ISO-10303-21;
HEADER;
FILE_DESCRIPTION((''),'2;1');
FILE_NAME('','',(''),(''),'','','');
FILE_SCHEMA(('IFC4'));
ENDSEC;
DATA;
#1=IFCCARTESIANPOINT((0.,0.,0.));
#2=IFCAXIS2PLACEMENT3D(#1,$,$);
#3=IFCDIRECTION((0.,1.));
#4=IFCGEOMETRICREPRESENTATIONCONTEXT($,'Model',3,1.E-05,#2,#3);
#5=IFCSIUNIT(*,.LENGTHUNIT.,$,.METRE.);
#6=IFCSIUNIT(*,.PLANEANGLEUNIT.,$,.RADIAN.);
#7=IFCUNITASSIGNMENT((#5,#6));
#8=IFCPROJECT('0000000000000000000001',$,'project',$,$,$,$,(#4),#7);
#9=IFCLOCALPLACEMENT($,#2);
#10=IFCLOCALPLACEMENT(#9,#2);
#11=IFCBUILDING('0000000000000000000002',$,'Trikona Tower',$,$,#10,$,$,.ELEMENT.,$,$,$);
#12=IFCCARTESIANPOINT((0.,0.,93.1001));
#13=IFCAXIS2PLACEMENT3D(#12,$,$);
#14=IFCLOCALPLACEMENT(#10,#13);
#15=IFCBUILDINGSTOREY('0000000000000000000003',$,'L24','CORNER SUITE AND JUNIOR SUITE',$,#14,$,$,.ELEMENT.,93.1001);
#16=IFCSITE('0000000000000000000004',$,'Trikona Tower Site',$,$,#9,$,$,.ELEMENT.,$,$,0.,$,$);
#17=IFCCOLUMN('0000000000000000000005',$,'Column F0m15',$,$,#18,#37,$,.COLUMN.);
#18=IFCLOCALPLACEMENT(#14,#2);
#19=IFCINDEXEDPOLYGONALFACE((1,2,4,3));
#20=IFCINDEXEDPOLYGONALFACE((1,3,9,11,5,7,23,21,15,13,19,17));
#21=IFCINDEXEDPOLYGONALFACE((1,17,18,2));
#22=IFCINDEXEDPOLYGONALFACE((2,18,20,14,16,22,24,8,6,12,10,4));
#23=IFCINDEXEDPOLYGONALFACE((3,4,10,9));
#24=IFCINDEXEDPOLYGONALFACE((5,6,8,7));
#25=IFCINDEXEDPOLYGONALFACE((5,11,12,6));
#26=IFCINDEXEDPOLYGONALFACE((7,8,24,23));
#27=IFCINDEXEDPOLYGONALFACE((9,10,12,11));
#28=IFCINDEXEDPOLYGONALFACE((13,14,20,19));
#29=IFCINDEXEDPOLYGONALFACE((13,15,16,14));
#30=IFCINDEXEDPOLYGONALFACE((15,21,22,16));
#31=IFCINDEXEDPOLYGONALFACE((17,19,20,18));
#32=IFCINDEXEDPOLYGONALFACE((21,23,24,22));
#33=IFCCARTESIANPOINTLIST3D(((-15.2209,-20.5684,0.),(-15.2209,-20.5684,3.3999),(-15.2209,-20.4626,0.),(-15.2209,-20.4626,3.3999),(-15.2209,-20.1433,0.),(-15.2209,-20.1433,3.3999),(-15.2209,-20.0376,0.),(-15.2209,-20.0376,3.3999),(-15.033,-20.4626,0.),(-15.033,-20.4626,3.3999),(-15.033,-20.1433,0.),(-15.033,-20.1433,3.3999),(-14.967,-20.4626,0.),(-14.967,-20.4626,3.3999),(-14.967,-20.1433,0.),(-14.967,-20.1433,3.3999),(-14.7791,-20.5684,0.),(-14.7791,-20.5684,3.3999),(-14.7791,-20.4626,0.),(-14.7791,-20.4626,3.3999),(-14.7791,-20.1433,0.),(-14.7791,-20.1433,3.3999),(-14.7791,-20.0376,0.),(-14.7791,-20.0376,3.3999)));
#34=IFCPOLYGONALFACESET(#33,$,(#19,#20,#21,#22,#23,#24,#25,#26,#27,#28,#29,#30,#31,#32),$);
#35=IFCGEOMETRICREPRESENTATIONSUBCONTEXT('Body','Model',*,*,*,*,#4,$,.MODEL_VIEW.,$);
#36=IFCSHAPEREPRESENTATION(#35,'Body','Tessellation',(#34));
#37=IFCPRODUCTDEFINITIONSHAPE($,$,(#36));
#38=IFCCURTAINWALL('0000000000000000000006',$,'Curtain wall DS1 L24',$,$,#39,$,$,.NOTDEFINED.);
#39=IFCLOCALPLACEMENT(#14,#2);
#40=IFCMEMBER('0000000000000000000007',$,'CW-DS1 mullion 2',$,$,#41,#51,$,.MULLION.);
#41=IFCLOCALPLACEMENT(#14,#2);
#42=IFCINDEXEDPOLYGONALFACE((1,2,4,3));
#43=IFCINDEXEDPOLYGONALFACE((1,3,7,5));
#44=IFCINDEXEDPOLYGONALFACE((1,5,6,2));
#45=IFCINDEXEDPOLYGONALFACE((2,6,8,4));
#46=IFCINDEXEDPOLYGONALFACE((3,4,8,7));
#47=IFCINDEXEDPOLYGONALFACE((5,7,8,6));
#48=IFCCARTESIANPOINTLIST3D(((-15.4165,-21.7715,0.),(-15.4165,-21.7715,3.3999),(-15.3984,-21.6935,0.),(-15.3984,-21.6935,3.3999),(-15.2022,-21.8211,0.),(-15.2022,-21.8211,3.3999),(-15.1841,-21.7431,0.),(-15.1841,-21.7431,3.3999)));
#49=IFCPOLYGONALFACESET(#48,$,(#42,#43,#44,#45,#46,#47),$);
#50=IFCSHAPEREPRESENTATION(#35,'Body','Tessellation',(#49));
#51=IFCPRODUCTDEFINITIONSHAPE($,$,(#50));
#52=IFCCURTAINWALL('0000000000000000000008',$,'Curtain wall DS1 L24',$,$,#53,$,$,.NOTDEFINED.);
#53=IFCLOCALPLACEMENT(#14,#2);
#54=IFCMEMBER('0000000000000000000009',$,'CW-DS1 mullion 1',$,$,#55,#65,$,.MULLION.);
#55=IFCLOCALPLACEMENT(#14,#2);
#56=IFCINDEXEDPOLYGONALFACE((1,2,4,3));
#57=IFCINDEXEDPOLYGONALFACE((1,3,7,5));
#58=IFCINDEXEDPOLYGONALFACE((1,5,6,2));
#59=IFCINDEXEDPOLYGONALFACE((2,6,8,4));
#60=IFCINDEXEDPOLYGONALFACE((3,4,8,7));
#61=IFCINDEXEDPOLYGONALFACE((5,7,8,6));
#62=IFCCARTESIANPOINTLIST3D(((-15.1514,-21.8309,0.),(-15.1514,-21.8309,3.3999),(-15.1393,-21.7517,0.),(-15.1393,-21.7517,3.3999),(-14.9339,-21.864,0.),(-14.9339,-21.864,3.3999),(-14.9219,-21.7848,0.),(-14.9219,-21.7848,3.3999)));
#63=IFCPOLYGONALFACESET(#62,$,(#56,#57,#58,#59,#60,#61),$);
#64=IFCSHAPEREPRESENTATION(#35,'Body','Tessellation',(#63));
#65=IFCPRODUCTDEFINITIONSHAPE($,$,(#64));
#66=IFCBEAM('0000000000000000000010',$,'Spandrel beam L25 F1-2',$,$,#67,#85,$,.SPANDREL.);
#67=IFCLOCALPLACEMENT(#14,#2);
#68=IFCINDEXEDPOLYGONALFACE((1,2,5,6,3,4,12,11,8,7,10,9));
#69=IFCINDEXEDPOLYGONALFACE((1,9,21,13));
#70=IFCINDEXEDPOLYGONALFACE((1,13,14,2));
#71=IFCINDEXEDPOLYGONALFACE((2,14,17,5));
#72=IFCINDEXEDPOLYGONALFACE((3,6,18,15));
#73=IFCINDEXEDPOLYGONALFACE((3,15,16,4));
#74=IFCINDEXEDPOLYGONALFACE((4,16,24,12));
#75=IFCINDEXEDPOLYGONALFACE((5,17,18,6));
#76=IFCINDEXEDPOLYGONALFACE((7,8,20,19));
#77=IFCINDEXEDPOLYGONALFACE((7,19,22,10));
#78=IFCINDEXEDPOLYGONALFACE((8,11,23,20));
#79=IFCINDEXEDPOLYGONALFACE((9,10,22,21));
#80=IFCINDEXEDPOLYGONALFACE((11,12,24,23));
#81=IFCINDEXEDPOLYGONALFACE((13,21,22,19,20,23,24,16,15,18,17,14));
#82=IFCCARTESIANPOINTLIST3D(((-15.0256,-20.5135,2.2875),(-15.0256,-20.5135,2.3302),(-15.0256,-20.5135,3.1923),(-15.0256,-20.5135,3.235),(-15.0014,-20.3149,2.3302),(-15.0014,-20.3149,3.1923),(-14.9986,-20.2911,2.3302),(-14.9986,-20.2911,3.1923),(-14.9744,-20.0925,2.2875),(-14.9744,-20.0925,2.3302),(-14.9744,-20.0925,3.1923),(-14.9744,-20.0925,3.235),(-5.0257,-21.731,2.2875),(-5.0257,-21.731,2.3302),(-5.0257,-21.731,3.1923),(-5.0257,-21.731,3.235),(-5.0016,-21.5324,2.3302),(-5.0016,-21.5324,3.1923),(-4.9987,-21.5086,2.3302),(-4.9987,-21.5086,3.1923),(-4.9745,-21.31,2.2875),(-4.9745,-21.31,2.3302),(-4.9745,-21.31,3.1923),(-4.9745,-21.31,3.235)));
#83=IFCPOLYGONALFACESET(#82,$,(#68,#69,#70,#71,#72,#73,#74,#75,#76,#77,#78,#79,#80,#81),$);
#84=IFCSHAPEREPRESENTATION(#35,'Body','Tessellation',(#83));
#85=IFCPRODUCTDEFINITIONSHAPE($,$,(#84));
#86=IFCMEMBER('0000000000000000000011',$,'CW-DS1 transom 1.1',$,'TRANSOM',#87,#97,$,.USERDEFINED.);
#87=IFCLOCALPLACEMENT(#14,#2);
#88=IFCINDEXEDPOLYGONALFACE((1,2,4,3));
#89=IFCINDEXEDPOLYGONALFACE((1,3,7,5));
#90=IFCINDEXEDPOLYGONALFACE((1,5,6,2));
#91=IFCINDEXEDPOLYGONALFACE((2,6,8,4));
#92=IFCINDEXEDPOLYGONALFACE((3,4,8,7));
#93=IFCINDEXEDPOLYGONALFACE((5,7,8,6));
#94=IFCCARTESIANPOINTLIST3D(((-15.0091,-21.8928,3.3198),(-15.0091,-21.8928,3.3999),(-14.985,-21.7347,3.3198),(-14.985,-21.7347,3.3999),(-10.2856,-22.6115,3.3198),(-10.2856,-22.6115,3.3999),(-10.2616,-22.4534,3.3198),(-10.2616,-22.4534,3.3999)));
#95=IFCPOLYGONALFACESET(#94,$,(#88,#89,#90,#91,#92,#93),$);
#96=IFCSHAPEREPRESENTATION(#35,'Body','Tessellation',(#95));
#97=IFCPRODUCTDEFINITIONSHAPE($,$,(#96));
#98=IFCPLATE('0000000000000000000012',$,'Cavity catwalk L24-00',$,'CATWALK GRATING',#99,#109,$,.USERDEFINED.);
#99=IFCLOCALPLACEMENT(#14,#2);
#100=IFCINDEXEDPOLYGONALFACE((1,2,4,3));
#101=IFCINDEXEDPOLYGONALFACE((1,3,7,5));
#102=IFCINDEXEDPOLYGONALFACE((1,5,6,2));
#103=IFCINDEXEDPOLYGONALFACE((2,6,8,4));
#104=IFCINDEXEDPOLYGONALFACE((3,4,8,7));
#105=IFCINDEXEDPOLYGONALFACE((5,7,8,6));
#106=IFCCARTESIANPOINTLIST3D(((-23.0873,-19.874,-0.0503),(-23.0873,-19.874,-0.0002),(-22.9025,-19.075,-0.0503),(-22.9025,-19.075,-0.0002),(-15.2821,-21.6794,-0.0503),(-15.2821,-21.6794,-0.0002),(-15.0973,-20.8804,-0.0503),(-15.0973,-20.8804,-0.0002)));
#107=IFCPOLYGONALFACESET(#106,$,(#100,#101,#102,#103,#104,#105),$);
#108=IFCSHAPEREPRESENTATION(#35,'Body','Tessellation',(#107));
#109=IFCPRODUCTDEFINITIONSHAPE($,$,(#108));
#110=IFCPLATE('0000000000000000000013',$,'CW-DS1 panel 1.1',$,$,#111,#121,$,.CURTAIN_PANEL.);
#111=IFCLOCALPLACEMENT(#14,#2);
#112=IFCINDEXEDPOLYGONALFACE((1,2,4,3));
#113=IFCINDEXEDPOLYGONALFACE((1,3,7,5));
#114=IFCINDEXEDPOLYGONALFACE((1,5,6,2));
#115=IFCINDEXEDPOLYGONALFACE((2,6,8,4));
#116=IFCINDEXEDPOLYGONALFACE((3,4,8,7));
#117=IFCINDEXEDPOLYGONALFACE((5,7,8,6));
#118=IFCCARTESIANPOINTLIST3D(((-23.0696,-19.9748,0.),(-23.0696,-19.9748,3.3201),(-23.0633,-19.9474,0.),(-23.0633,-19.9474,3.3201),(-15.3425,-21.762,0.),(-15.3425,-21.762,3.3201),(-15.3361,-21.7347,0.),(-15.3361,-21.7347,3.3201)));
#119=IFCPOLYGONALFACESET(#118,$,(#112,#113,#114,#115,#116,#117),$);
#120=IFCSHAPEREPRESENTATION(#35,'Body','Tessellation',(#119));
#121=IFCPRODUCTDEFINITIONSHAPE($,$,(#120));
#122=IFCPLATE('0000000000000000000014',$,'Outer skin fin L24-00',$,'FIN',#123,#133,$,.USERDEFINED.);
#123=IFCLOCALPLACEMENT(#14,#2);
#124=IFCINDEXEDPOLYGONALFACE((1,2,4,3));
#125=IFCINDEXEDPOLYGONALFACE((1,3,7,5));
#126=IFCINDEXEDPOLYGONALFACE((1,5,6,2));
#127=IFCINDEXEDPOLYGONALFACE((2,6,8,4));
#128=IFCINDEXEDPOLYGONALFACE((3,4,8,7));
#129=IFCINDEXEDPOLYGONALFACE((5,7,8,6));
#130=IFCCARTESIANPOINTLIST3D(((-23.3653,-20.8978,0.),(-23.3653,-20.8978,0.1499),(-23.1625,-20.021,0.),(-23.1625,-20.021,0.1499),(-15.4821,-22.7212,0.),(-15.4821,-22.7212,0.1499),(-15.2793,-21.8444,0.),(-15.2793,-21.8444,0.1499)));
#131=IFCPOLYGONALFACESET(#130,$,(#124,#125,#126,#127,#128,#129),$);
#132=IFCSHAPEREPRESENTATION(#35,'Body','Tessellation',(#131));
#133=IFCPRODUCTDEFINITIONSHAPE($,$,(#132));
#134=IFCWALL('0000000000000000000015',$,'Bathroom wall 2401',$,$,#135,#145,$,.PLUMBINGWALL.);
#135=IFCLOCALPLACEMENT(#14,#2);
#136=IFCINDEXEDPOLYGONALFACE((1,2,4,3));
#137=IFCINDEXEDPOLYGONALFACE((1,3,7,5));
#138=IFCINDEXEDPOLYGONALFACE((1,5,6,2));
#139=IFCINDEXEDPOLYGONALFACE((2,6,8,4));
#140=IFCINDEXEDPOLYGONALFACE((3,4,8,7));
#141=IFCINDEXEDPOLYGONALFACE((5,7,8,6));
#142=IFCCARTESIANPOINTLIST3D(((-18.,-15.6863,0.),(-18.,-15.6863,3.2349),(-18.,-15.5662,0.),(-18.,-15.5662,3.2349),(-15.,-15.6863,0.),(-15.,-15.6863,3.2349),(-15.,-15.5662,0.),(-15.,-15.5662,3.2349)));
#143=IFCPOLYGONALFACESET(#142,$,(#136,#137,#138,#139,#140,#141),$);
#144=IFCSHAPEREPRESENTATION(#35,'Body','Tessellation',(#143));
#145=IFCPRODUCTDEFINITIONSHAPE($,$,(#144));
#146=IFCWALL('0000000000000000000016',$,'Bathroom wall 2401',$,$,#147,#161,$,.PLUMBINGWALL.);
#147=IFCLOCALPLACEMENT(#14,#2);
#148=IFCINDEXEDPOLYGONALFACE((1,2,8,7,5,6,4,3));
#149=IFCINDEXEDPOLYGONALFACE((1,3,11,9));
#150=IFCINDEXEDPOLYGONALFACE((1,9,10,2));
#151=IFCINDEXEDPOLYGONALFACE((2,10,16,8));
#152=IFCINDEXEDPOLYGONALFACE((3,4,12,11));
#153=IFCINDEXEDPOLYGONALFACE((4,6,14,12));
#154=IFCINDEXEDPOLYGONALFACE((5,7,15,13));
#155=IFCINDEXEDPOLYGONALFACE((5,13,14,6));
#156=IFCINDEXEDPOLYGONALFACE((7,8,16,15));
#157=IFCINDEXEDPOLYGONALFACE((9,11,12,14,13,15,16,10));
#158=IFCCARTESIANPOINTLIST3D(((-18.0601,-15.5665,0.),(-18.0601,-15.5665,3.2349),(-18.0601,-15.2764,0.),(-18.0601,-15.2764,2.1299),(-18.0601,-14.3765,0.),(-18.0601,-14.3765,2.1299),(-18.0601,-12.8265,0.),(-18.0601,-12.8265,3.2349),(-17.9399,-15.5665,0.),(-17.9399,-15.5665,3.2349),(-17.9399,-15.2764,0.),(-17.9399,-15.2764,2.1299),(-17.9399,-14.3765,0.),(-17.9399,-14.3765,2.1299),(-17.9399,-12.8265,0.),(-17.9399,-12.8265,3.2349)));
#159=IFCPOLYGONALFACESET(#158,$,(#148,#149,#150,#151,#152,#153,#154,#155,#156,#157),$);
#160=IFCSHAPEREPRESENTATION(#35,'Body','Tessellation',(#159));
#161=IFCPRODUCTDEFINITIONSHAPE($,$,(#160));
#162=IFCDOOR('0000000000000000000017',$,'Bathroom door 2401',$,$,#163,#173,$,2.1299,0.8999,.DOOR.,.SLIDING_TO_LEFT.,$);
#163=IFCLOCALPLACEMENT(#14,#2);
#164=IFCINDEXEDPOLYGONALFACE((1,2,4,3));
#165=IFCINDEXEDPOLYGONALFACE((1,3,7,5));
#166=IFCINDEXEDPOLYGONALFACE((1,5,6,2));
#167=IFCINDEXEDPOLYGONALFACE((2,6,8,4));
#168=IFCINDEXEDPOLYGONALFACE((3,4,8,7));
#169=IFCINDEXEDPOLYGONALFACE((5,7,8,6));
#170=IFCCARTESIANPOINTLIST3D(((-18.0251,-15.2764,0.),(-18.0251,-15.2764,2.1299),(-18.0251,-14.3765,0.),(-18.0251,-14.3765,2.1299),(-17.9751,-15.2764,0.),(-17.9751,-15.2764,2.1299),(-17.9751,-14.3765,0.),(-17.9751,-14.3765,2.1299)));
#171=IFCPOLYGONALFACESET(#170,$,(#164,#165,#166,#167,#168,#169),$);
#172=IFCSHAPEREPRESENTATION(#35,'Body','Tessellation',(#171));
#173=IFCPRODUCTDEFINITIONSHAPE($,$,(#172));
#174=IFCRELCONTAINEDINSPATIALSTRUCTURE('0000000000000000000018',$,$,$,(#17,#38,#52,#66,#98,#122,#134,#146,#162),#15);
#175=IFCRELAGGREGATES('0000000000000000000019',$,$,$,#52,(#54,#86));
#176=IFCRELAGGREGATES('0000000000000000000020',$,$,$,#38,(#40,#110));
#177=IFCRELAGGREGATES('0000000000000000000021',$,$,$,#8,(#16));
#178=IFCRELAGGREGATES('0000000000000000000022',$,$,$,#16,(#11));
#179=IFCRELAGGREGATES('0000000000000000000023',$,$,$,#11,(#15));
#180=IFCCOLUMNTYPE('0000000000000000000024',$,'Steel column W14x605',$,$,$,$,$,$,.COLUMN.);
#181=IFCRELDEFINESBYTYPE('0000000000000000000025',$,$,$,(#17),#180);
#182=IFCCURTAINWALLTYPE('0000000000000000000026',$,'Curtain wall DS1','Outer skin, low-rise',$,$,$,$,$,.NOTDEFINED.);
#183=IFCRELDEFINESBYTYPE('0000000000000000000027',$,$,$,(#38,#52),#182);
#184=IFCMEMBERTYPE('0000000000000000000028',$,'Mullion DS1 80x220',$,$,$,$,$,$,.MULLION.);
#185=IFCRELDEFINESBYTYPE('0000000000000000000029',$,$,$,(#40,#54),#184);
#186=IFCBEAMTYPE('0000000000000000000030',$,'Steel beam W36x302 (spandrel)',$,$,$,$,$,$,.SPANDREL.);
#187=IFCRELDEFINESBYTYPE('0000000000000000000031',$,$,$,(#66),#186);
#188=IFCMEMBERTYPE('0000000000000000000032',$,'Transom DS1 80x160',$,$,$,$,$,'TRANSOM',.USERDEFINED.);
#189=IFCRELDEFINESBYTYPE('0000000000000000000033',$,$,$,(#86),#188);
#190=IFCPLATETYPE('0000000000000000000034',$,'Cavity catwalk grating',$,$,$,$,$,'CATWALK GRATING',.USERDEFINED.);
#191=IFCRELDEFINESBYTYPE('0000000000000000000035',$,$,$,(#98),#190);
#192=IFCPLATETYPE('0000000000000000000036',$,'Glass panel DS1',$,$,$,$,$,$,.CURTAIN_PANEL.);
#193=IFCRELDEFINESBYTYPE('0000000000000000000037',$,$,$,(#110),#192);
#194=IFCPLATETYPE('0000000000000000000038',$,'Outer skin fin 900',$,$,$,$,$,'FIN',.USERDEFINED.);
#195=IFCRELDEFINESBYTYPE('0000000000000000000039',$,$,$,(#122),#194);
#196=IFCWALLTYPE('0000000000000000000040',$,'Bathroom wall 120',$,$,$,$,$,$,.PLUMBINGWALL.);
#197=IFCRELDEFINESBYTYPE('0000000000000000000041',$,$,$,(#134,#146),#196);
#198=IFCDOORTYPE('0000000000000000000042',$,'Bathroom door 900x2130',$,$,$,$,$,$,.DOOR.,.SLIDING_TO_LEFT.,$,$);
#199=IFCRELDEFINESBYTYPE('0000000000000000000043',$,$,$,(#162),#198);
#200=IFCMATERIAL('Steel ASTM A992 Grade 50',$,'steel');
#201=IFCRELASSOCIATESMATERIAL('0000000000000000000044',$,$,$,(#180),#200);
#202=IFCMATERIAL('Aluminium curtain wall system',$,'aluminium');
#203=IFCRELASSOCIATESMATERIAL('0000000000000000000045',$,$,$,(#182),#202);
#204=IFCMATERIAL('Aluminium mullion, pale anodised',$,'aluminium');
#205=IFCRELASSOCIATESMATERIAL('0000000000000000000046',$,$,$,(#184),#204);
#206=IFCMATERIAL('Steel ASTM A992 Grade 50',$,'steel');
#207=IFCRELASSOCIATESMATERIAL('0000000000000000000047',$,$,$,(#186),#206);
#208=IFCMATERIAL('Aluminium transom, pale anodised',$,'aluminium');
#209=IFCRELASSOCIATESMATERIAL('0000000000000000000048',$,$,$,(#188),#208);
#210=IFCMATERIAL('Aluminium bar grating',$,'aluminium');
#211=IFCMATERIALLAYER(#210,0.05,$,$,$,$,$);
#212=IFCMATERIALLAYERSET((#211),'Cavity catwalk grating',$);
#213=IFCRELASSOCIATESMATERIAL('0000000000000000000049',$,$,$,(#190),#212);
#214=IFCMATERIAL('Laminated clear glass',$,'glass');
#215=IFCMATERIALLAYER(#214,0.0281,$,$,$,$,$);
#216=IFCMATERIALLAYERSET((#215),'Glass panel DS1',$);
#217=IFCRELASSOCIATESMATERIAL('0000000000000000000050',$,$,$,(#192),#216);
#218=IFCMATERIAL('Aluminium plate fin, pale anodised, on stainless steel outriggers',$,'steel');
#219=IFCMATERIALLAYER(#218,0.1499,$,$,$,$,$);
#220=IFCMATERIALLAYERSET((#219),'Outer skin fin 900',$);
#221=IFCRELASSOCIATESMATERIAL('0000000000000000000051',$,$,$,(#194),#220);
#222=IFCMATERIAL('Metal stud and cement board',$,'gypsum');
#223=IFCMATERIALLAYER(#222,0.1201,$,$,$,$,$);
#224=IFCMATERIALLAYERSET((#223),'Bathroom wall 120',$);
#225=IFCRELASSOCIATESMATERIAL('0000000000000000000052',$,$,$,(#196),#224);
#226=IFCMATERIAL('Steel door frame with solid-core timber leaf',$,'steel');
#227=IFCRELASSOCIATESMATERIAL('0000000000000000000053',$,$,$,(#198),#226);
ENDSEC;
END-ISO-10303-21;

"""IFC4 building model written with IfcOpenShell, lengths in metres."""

from ifc_helpers import new_model, si_unit, direction, frame, frame_2d, origin, origin_2d, place, context, subcontext, project, spatial, rectangle, i_section, extrude, material, layer, layer_set, material_profile, profile_set, type_object, element, fill, aggregate, save


model = new_model("IFC4")

# Units and contexts
model_context = context("Model", 3, precision=1e-05, world=origin(), true_north=direction((0.0, 1.0)))
body_context = subcontext(model_context, "Body", "Model", "MODEL_VIEW")
ifc_project = project(units=[si_unit("LENGTHUNIT", "METRE"), si_unit("PLANEANGLEUNIT", "RADIAN")], contexts=[model_context])

# Site, building, storey
site_placement = place(None, origin())
site = spatial("IfcSite", under=ifc_project, at=site_placement, Name="Trikona Tower Site", CompositionType="ELEMENT", RefElevation=0.0)
building_placement = place(site_placement, origin())
building = spatial("IfcBuilding", under=site, at=building_placement, Name="Trikona Tower", CompositionType="ELEMENT")
storey_placement = place(building_placement, frame((0.0, 0.0, 93.1001)))
storey = spatial("IfcBuildingStorey", under=building, at=storey_placement, Name="L24", Description="CORNER SUITE AND JUNIOR SUITE", CompositionType="ELEMENT", Elevation=93.1001)

# Column
ifc_material_1 = material(Name="Steel ASTM A992 Grade 50", Category="steel")
ifc_material_profile_1 = material_profile(ifc_material_1, i_section(OverallWidth=0.4419, OverallDepth=0.5308, WebThickness=0.0659, FlangeThickness=0.1057, at=origin_2d()), Name="W14X605")
ifc_profile_set_1 = profile_set([ifc_material_profile_1], Name="Steel ASTM A992 Grade 50")
column_type = type_object("IfcColumnType", Name="Steel column W14x605", PredefinedType="COLUMN", material=ifc_profile_set_1)
column_placement = place(storey_placement, frame((-15.0, -20.303, 0.0), z_axis=(0.0, 0.0, 1.0), x_axis=(1.0, 0.0, 0.0)))
element("IfcColumn", 1, at=column_placement, inside=storey, type_object=column_type, Name="Column F0m15", PredefinedType="COLUMN", context=body_context, shape_type="SweptSolid", body=[
    extrude(i_section(OverallWidth=0.4419, OverallDepth=0.5308, WebThickness=0.0659, FlangeThickness=0.1057, at=origin_2d()), origin(), (0.0, 0.0, 1.0), 3.3999),
])

# Curtain walls, members
ifc_material_2 = material(Name="Aluminium curtain wall system", Category="aluminium")
curtain_wall_type = type_object("IfcCurtainWallType", Name="Curtain wall DS1", Description="Outer skin, low-rise", PredefinedType="NOTDEFINED", material=ifc_material_2)
curtain_wall_1_placement = place(storey_placement, origin())
curtain_wall_1 = element("IfcCurtainWall", 2, at=curtain_wall_1_placement, inside=storey, type_object=curtain_wall_type, Name="Curtain wall DS1 L24", PredefinedType="NOTDEFINED")
ifc_material_3 = material(Name="Aluminium mullion, pale anodised", Category="aluminium")
ifc_material_profile_2 = material_profile(ifc_material_3, rectangle(XDim=0.0801, YDim=0.22, at=origin_2d()), Name="MUL-DS1")
ifc_profile_set_2 = profile_set([ifc_material_profile_2], Name="Aluminium mullion, pale anodised")
member_type_1 = type_object("IfcMemberType", Name="Mullion DS1 80x220", PredefinedType="MULLION", material=ifc_profile_set_2)
member_1_placement = place(storey_placement, frame((-15.3003, -21.7573, 0.0), z_axis=(0.0, 0.0, 1.0), x_axis=(0.225343, 0.974279, 0.0)))
member_1 = element("IfcMember", 3, at=member_1_placement, type_object=member_type_1, Name="CW-DS1 mullion 2", PredefinedType="MULLION", context=body_context, shape_type="SweptSolid", body=[
    extrude(rectangle(XDim=0.0801, YDim=0.22, at=origin_2d()), origin(), (0.0, 0.0, 1.0), 3.3999),
])
curtain_wall_2_placement = place(storey_placement, origin())
curtain_wall_2 = element("IfcCurtainWall", 4, at=curtain_wall_2_placement, inside=storey, type_object=curtain_wall_type, Name="Curtain wall DS1 L24", PredefinedType="NOTDEFINED")
member_2_placement = place(storey_placement, frame((-15.0366, -21.8079, 0.0), z_axis=(0.0, 0.0, 1.0), x_axis=(0.150438, 0.988619, 0.0)))
member_2 = element("IfcMember", 5, at=member_2_placement, type_object=member_type_1, Name="CW-DS1 mullion 1", PredefinedType="MULLION", context=body_context, shape_type="SweptSolid", body=[
    extrude(rectangle(XDim=0.0801, YDim=0.22, at=origin_2d()), origin(), (0.0, 0.0, 1.0), 3.3999),
])

# Beam
ifc_material_4 = material(Name="Steel ASTM A992 Grade 50", Category="steel")
ifc_material_profile_3 = material_profile(ifc_material_4, i_section(OverallWidth=0.4241, OverallDepth=0.9475, WebThickness=0.0239, FlangeThickness=0.0427, at=origin_2d()), Name="W36X302")
ifc_profile_set_3 = profile_set([ifc_material_profile_3], Name="Steel ASTM A992 Grade 50")
beam_type = type_object("IfcBeamType", Name="Steel beam W36x302 (spandrel)", PredefinedType="SPANDREL", material=ifc_profile_set_3)
beam_placement = place(storey_placement, frame((-15.0, -20.303, 2.7612), z_axis=(0.99267, -0.12086, 0.0), x_axis=(0.12086, 0.99267, 0.0)))
element("IfcBeam", 6, at=beam_placement, inside=storey, type_object=beam_type, Name="Spandrel beam L25 F1-2", PredefinedType="SPANDREL", context=body_context, shape_type="SweptSolid", body=[
    extrude(i_section(OverallWidth=0.4241, OverallDepth=0.9475, WebThickness=0.0239, FlangeThickness=0.0427, at=origin_2d()), origin(), (0.0, 0.0, 1.0), 10.0737),
])

# Member
ifc_material_5 = material(Name="Aluminium transom, pale anodised", Category="aluminium")
ifc_material_profile_4 = material_profile(ifc_material_5, rectangle(XDim=0.1599, YDim=0.0801, at=origin_2d()), Name="TRN-DS1")
ifc_profile_set_4 = profile_set([ifc_material_profile_4], Name="Aluminium transom, pale anodised")
member_type_2 = type_object("IfcMemberType", Name="Transom DS1 80x160", ElementType="TRANSOM", PredefinedType="USERDEFINED", material=ifc_profile_set_4)
member_3_placement = place(storey_placement, frame((-14.9971, -21.8137, 3.3599), z_axis=(0.98862, -0.150437, 0.0), x_axis=(0.150437, 0.98862, 0.0)))
member_3 = element("IfcMember", 7, at=member_3_placement, type_object=member_type_2, Name="CW-DS1 transom 1.1", ObjectType="TRANSOM", PredefinedType="USERDEFINED", context=body_context, shape_type="SweptSolid", body=[
    extrude(rectangle(XDim=0.1599, YDim=0.0801, at=origin_2d()), origin(), (0.0, 0.0, 1.0), 4.7778),
])
aggregate(curtain_wall_2, [member_2, member_3])

# Plates
ifc_material_6 = material(Name="Aluminium bar grating", Category="aluminium")
ifc_layer_1 = layer(ifc_material_6, 0.05)
ifc_layer_set_1 = layer_set([ifc_layer_1], Name="Cavity catwalk grating")
plate_type_1 = type_object("IfcPlateType", Name="Cavity catwalk grating", ElementType="CATWALK GRATING", PredefinedType="USERDEFINED", material=ifc_layer_set_1)
plate_1_placement = place(storey_placement, frame((-19.0923, -20.3772, -0.0503), z_axis=(0.0, 0.0, 1.0), x_axis=(0.974278, -0.225351, 0.0)))
element("IfcPlate", 8, at=plate_1_placement, inside=storey, type_object=plate_type_1, Name="Cavity catwalk L24-00", ObjectType="CATWALK GRATING", PredefinedType="USERDEFINED", context=body_context, shape_type="SweptSolid", body=[
    extrude(rectangle(XDim=8.0112, YDim=0.8201, at=origin_2d()), origin(), (0.0, 0.0, 1.0), 0.05),
])
ifc_material_7 = material(Name="Laminated clear glass", Category="glass")
ifc_layer_2 = layer(ifc_material_7, 0.0281)
ifc_layer_set_2 = layer_set([ifc_layer_2], Name="Glass panel DS1")
plate_type_2 = type_object("IfcPlateType", Name="Glass panel DS1", PredefinedType="CURTAIN_PANEL", material=ifc_layer_set_2)
plate_2_placement = place(storey_placement, frame((-19.2029, -20.8547, 0.0), z_axis=(0.0, 0.0, 1.0), x_axis=(0.974279, -0.225343, 0.0)))
plate_2 = element("IfcPlate", 9, at=plate_2_placement, type_object=plate_type_2, Name="CW-DS1 panel 1.1", PredefinedType="CURTAIN_PANEL", context=body_context, shape_type="SweptSolid", body=[
    extrude(rectangle(XDim=7.9312, YDim=0.0281, at=origin_2d()), origin(), (0.0, 0.0, 1.0), 3.3201),
])
aggregate(curtain_wall_1, [member_1, plate_2])
ifc_material_8 = material(Name="Aluminium plate fin, pale anodised, on stainless steel outriggers", Category="steel")
ifc_layer_3 = layer(ifc_material_8, 0.1499)
ifc_layer_set_3 = layer_set([ifc_layer_3], Name="Outer skin fin 900")
plate_type_3 = type_object("IfcPlateType", Name="Outer skin fin 900", ElementType="FIN", PredefinedType="USERDEFINED", material=ifc_layer_set_3)
plate_3_placement = place(storey_placement, frame((-19.3223, -21.3711, 0.0), z_axis=(0.0, 0.0, 1.0), x_axis=(0.974278, -0.225351, 0.0)))
element("IfcPlate", 10, at=plate_3_placement, inside=storey, type_object=plate_type_3, Name="Outer skin fin L24-00", ObjectType="FIN", PredefinedType="USERDEFINED", context=body_context, shape_type="SweptSolid", body=[
    extrude(rectangle(XDim=8.0913, YDim=0.8999, at=origin_2d()), origin(), (0.0, 0.0, 1.0), 0.1499),
])

# Wall
ifc_material_9 = material(Name="Metal stud and cement board", Category="gypsum")
ifc_layer_4 = layer(ifc_material_9, 0.1201)
ifc_layer_set_4 = layer_set([ifc_layer_4], Name="Bathroom wall 120")
wall_type_1 = type_object("IfcWallType", Name="Bathroom wall 120", PredefinedType="PLUMBINGWALL", material=ifc_layer_set_4)
wall_1_placement = place(storey_placement, frame((-18.0, -15.6262, 0.0), z_axis=(0.0, 0.0, 1.0), x_axis=(1.0, 0.0, 0.0)))
element("IfcWall", 11, at=wall_1_placement, inside=storey, type_object=wall_type_1, Name="Bathroom wall 2401", PredefinedType="PLUMBINGWALL", context=body_context, shape_type="SweptSolid", body=[
    extrude(rectangle(XDim=3.0, YDim=0.1201, at=frame_2d((1.5, 0.0))), origin(), (0.0, 0.0, 1.0), 3.2349),
])

# Wall, opening, door
wall_2_placement = place(storey_placement, frame((-18.0, -12.8264, 0.0), z_axis=(0.0, 0.0, 1.0), x_axis=(0.0, -1.0, 0.0)))
wall_2 = element("IfcWall", 12, at=wall_2_placement, inside=storey, type_object=wall_type_1, Name="Bathroom wall 2401", PredefinedType="PLUMBINGWALL", context=body_context, shape_type="SweptSolid", body=[
    extrude(rectangle(XDim=2.74, YDim=0.1201, at=frame_2d((1.3701, 0.0))), origin(), (0.0, 0.0, 1.0), 3.2349),
])
opening_placement = place(wall_2_placement, frame((1.55, 0.0, 0.0)))
opening = element("IfcOpeningElement", 13, at=opening_placement, cuts=wall_2, PredefinedType="OPENING", context=body_context, shape_type="SweptSolid", body=[
    extrude(rectangle(XDim=0.8999, YDim=2.1299, at=frame_2d((0.45, 1.0649))), frame((0.0, 0.0701, 0.0), z_axis=(0.0, -1.0, 0.0), x_axis=(1.0, 0.0, 0.0)), (0.0, 0.0, 1.0), 0.1401),
])
ifc_material_10 = material(Name="Steel door frame with solid-core timber leaf", Category="steel")
door_type = type_object("IfcDoorType", Name="Bathroom door 900x2130", OperationType="SLIDING_TO_LEFT", PredefinedType="DOOR", material=ifc_material_10)
door_placement = place(opening_placement, origin())
door = element("IfcDoor", 14, at=door_placement, inside=storey, type_object=door_type, Name="Bathroom door 2401", OperationType="SLIDING_TO_LEFT", OverallHeight=2.1299, OverallWidth=0.8999, PredefinedType="DOOR", context=body_context, shape_type="SweptSolid", body=[
    extrude(rectangle(XDim=0.8999, YDim=2.1299, at=frame_2d((0.45, 1.0649))), frame((0.0, 0.0249, 0.0), z_axis=(0.0, -1.0, 0.0), x_axis=(1.0, 0.0, 0.0)), (0.0, 0.0, 1.0), 0.05),
])
fill(opening, door)

save(model, "model.ifc")
